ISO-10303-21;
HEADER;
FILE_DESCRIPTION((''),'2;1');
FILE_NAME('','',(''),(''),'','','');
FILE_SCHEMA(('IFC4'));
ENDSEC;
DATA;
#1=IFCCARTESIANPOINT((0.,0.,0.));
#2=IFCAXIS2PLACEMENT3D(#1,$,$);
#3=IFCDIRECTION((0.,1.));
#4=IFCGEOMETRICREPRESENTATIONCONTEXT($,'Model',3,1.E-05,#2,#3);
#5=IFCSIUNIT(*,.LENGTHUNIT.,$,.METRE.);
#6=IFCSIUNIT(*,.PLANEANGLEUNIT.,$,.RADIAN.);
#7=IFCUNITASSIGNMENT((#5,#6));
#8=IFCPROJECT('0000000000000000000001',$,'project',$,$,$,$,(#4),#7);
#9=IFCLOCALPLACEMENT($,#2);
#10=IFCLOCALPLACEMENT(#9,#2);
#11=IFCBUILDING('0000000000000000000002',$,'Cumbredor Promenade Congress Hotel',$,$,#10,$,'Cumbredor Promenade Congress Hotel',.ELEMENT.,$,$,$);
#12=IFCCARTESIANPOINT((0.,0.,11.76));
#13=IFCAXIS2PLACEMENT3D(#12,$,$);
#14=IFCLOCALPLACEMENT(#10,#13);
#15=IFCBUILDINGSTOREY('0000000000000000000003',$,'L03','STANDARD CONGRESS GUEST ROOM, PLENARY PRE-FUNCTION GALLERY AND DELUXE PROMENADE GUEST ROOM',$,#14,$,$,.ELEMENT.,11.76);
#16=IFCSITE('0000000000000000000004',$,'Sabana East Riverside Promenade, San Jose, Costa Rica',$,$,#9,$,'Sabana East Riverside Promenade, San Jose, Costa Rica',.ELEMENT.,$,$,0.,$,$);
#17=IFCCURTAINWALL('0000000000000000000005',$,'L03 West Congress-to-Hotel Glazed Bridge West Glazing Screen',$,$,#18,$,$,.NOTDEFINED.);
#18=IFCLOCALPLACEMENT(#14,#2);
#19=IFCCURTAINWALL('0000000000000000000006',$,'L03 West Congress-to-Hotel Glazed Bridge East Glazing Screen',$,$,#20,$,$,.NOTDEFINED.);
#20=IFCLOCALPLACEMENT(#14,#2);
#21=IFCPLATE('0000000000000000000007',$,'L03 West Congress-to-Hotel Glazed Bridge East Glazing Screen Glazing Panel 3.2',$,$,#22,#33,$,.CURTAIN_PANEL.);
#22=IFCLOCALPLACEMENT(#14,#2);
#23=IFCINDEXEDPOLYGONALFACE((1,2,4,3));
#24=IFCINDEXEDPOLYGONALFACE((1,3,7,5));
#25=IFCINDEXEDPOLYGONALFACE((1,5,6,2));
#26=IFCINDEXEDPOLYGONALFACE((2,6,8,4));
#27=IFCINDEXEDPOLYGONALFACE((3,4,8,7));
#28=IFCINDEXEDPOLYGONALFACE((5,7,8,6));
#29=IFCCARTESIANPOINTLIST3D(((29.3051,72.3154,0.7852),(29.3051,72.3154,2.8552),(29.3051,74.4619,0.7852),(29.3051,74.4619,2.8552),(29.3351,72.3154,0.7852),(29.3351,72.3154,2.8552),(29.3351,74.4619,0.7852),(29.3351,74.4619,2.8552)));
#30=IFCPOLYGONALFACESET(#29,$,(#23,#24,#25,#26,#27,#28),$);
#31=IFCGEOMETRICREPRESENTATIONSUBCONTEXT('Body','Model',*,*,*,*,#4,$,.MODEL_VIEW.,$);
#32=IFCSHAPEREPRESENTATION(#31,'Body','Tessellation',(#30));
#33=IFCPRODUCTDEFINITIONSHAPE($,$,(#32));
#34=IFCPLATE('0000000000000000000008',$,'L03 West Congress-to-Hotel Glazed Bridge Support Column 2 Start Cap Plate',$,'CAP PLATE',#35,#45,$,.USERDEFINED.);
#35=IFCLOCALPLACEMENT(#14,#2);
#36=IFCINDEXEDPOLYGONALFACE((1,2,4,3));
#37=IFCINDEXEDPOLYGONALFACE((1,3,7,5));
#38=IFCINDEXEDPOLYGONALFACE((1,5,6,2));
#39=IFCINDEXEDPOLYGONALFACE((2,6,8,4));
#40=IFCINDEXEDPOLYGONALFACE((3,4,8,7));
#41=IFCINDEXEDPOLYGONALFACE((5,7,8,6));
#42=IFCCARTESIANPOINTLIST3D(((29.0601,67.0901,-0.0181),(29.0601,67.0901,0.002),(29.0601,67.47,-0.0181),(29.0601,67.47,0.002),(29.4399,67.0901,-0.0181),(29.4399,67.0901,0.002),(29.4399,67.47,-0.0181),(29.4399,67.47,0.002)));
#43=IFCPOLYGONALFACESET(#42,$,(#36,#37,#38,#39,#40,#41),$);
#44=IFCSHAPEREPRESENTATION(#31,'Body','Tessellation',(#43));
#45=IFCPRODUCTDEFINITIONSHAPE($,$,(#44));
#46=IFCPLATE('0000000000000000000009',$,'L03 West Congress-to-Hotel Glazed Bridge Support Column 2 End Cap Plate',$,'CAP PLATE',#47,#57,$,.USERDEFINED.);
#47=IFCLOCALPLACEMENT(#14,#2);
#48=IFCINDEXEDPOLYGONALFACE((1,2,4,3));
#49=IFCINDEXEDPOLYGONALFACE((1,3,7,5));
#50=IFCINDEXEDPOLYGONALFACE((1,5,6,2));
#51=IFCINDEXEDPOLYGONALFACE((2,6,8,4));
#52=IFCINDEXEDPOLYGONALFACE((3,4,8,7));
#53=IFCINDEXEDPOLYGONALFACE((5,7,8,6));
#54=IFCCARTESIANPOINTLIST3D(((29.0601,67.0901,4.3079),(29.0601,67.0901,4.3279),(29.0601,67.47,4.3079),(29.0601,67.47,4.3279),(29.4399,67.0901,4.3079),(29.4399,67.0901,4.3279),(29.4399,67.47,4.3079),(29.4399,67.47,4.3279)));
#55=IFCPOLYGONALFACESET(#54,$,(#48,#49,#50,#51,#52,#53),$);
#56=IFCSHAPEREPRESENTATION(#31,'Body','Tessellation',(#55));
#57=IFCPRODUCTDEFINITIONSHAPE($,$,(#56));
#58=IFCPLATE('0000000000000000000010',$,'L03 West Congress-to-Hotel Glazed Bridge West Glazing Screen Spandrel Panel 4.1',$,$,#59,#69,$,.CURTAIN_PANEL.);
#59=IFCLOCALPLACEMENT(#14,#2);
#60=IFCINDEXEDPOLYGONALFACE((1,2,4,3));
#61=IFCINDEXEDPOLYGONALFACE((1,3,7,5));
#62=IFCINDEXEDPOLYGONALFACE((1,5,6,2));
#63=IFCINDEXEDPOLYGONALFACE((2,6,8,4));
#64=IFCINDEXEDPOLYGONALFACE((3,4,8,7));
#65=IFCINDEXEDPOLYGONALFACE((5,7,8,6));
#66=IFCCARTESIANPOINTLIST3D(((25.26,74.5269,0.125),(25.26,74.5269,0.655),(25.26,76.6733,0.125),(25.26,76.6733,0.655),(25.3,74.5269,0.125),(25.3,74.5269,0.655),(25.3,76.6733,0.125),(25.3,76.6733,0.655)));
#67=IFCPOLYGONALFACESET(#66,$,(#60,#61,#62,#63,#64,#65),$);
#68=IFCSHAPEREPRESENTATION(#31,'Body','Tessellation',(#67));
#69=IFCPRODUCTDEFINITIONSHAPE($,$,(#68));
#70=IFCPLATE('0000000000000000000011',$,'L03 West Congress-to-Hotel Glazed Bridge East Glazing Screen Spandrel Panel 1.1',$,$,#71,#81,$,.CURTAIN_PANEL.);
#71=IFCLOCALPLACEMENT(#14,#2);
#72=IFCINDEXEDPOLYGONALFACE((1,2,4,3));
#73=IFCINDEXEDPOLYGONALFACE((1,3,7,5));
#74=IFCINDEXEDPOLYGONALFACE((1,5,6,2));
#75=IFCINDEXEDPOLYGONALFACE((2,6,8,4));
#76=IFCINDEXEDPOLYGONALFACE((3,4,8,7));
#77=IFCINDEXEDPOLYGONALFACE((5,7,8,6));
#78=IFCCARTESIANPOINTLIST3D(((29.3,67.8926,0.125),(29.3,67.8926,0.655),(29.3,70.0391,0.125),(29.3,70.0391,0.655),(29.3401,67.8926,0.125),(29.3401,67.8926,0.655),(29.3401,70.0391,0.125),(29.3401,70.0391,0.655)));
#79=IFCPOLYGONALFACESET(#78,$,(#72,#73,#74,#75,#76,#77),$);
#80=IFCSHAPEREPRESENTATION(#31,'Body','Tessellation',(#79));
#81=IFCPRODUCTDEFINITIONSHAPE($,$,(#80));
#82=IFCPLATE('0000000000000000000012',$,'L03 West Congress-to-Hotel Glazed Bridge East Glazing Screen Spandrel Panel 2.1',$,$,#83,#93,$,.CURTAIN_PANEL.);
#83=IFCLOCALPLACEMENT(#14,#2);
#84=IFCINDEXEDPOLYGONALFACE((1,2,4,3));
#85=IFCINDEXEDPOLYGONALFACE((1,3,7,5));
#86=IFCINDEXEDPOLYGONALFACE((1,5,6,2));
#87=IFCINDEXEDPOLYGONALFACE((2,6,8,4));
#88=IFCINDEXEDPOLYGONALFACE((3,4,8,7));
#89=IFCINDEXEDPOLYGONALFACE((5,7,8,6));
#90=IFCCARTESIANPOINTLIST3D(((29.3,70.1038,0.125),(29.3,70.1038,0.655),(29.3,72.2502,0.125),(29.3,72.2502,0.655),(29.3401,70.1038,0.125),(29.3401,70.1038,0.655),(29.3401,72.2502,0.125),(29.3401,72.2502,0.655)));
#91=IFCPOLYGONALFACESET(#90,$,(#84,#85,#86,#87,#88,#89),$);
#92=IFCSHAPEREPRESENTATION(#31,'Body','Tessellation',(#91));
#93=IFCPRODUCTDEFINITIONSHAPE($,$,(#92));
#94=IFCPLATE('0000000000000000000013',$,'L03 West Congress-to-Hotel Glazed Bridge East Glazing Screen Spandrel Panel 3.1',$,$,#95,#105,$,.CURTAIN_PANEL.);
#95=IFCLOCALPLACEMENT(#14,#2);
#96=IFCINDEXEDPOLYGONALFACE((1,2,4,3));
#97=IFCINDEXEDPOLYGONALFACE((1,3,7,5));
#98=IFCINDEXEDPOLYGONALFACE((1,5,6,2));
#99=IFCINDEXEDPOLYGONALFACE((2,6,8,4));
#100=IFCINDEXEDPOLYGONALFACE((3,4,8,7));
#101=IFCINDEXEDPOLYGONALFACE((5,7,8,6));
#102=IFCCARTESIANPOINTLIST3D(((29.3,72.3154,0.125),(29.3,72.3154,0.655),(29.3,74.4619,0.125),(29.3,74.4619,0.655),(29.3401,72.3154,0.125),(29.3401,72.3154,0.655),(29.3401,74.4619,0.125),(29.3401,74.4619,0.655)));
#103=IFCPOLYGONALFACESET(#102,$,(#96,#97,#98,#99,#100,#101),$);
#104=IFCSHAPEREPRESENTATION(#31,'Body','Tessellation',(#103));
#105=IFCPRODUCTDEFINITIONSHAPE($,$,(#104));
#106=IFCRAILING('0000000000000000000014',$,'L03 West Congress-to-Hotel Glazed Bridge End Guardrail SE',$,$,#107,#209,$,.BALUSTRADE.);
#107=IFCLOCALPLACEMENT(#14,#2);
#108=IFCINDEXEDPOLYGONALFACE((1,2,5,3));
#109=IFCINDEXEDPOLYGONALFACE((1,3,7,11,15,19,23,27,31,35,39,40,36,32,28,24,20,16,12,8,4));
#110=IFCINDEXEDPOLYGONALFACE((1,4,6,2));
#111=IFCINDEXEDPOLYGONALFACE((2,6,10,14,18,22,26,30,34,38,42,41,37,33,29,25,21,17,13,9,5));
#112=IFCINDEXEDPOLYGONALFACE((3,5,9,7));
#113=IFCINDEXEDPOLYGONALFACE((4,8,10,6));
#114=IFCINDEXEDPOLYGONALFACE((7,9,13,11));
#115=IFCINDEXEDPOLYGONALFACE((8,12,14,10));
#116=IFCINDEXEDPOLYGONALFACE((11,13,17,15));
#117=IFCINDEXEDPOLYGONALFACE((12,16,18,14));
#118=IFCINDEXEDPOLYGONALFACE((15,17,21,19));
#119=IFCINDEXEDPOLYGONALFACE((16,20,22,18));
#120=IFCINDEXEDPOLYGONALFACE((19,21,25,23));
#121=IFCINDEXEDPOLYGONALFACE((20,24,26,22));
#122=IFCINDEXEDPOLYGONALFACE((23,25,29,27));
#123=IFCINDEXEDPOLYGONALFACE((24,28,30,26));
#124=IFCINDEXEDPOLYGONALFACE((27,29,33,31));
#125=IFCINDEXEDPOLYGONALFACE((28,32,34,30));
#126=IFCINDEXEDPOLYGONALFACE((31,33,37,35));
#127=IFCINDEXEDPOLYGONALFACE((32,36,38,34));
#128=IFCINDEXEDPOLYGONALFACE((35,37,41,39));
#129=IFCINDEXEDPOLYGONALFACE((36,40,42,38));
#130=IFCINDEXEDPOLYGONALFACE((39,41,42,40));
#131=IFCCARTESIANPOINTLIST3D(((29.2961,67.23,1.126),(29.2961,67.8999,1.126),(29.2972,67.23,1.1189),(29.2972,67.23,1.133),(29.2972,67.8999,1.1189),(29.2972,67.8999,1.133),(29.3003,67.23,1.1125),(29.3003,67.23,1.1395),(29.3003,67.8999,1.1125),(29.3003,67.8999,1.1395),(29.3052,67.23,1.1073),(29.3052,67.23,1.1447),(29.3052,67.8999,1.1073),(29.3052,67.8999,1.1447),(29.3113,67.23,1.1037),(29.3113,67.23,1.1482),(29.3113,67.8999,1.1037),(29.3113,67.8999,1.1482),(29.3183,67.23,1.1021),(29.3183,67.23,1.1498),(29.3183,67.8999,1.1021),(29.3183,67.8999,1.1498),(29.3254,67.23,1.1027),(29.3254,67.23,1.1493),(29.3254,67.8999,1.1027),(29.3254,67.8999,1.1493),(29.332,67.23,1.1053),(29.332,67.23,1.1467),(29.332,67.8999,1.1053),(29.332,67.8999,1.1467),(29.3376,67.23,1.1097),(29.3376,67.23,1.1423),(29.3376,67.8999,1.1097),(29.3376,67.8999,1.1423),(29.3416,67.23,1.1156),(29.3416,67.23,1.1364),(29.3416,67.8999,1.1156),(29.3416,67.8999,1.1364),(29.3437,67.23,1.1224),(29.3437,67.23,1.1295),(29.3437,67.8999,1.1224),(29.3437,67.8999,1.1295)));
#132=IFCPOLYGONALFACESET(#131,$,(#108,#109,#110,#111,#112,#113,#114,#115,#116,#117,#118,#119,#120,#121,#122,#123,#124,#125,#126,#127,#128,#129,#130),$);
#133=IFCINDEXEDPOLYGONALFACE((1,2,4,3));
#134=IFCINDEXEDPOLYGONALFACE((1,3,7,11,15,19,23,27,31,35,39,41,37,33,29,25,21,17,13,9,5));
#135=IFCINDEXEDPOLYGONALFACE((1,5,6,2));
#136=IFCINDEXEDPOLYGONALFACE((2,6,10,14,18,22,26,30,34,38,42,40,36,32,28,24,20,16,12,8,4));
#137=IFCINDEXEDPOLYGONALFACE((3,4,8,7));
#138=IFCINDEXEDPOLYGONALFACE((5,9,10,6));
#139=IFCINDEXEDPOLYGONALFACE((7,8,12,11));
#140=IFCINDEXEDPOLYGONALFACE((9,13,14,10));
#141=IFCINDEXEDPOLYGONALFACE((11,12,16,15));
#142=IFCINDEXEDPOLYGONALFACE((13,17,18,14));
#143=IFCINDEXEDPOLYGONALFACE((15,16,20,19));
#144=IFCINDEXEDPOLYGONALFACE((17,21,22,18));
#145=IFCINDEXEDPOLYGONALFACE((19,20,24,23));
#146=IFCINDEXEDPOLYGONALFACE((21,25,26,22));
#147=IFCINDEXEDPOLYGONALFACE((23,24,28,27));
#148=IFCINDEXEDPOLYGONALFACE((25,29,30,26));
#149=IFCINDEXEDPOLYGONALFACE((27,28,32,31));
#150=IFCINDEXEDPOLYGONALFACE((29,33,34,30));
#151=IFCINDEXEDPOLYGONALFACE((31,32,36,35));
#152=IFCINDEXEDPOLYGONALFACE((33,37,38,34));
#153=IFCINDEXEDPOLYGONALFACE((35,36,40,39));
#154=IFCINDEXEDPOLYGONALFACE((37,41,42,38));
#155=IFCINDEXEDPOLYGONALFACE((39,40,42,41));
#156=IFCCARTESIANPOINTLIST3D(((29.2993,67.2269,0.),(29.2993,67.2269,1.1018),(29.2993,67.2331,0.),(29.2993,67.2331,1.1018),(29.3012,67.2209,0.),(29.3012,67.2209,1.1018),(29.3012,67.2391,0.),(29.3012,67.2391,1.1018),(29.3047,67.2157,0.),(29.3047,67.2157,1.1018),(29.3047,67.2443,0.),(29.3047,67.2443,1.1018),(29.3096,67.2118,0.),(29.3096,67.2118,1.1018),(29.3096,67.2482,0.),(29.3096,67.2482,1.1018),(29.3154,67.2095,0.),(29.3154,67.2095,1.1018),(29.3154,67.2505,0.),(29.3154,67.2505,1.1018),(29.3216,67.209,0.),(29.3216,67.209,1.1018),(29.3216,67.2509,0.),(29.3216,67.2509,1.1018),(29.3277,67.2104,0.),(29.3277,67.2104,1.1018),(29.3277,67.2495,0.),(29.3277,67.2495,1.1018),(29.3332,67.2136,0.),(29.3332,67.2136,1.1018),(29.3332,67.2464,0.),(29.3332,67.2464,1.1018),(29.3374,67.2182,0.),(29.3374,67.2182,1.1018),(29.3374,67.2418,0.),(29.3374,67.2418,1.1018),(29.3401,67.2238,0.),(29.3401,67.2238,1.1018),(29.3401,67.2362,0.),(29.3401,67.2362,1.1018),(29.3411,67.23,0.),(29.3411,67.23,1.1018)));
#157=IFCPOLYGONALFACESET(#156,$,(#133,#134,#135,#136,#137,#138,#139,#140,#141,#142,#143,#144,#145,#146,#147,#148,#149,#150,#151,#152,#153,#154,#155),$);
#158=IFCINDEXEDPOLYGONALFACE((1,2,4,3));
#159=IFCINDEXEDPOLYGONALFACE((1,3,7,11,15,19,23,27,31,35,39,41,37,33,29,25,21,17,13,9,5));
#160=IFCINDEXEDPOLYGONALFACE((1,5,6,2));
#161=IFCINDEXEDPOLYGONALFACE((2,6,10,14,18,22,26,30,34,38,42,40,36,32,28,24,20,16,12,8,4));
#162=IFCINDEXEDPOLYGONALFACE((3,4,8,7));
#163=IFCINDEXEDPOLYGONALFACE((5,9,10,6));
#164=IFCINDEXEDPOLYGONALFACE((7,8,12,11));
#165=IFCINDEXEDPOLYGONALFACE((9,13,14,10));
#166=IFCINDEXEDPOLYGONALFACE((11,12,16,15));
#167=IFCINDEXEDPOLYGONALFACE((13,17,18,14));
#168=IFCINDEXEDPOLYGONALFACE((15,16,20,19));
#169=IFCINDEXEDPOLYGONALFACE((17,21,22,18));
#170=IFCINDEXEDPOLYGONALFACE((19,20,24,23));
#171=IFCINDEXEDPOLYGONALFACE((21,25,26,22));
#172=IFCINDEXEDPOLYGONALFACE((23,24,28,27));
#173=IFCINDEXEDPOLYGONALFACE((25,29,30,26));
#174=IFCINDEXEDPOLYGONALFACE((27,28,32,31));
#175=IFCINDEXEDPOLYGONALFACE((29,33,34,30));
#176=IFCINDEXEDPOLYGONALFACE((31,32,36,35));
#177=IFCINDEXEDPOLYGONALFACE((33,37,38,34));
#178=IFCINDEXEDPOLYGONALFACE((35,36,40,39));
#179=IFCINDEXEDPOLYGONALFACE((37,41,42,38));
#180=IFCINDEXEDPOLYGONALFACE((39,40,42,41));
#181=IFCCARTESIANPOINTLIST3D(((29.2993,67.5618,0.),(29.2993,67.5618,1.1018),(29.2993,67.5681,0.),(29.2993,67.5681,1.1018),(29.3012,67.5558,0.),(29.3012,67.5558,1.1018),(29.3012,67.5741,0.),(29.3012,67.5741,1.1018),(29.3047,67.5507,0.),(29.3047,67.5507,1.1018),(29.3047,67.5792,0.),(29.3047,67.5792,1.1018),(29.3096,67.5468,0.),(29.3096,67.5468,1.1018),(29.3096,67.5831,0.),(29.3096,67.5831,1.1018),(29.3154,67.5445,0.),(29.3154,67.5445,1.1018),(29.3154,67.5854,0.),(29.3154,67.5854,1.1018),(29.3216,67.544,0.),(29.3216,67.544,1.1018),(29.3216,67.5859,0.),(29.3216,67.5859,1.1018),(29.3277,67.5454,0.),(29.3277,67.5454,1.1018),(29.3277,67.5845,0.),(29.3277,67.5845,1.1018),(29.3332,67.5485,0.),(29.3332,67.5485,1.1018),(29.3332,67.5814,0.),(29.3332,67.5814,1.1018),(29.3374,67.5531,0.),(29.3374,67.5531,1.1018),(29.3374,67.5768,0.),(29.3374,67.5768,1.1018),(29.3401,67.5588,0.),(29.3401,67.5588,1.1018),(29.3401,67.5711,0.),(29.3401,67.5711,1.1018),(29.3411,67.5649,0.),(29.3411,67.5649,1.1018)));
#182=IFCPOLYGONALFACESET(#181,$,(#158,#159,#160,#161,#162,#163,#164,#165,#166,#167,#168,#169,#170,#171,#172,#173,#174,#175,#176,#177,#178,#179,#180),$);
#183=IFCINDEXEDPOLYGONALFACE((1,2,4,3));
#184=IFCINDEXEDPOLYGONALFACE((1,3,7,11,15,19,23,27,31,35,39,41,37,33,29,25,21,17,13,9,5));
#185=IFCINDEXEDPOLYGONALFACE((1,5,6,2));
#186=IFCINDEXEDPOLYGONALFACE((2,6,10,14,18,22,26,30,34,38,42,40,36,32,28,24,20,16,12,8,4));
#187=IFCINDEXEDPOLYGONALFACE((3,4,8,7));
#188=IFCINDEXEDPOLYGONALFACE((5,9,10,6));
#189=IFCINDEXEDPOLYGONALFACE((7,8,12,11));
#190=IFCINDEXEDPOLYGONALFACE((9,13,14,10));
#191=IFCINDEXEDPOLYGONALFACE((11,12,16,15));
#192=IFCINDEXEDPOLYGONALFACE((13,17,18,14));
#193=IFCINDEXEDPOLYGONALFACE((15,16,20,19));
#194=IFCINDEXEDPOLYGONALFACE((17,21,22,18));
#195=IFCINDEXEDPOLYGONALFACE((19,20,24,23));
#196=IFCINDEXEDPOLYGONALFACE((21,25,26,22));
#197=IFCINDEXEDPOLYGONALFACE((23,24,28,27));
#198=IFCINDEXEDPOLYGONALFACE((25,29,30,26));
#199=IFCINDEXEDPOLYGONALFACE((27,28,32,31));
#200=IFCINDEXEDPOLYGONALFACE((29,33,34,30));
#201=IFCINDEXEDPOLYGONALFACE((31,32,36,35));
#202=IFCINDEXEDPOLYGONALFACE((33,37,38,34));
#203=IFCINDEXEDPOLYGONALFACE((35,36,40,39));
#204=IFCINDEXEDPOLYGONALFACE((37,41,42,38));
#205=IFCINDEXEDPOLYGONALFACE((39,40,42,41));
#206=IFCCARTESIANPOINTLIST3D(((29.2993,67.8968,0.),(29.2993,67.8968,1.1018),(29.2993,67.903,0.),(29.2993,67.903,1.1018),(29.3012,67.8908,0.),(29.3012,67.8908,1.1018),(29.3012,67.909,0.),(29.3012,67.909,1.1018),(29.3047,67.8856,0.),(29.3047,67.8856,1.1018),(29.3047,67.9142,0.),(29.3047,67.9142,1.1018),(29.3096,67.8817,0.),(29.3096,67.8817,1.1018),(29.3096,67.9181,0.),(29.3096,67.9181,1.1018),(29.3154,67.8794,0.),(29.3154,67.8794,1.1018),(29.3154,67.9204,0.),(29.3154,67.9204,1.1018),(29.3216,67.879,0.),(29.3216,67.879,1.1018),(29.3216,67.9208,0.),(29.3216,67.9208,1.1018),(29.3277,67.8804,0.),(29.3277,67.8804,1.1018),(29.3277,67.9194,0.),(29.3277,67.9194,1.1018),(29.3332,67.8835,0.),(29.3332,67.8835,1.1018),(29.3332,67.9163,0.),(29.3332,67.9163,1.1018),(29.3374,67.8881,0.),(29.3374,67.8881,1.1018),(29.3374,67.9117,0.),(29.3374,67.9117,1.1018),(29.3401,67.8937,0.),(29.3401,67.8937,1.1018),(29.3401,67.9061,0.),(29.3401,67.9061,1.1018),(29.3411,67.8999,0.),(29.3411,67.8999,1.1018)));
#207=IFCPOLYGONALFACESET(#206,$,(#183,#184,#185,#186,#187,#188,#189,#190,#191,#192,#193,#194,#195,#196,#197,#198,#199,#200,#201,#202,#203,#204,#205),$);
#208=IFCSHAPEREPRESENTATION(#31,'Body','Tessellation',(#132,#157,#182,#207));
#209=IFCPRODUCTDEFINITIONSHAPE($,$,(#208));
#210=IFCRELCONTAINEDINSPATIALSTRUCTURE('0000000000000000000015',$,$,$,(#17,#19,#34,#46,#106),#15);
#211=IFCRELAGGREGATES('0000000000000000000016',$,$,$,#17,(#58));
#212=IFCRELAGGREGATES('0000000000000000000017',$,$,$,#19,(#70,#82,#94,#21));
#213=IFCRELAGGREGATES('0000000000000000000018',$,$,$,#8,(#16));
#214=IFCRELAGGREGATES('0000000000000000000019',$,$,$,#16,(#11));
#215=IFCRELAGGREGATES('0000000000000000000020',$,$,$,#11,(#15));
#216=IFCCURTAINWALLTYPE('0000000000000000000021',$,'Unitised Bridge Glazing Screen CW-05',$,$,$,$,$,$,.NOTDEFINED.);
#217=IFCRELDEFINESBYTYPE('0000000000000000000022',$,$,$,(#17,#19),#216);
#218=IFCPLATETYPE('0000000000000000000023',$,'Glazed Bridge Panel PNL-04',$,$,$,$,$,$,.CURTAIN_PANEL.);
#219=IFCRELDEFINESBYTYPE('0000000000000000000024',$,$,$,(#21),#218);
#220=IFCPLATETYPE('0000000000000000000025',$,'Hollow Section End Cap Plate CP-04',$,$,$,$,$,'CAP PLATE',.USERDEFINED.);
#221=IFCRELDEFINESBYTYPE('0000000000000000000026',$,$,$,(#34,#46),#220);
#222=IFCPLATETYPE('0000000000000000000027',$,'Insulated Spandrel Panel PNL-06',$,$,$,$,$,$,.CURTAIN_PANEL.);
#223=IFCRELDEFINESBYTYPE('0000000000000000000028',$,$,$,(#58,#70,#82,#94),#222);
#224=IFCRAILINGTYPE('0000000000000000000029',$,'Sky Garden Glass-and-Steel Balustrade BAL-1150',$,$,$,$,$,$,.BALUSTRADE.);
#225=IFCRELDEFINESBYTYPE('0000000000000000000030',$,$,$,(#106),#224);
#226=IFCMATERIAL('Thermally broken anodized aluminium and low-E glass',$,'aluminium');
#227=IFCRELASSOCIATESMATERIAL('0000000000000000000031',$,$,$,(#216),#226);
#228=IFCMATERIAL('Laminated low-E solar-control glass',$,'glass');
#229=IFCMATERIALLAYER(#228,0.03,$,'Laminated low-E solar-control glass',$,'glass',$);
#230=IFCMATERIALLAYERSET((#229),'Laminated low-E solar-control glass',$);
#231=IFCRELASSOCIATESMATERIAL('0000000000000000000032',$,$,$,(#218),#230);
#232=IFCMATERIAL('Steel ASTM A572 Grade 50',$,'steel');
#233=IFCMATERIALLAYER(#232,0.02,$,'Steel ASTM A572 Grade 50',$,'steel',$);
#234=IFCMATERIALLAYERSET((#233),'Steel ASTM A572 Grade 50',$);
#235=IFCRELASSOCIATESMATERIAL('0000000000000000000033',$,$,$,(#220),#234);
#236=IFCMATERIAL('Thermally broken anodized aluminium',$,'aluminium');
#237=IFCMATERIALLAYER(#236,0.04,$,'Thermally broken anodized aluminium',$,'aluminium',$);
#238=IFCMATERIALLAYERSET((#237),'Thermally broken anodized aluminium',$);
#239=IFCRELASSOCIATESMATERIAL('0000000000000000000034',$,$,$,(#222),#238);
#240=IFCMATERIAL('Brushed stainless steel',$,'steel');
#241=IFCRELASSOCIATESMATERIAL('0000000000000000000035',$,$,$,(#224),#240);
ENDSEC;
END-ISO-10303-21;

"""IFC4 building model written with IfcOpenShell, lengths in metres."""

from ifc_helpers import new_model, si_unit, direction, frame, origin, origin_2d, place, context, subcontext, project, spatial, rectangle, circle, extrude, material, layer, layer_set, type_object, element, aggregate, save


model = new_model("IFC4")

# Units and contexts
model_context = context("Model", 3, precision=1e-05, world=origin(), true_north=direction((0.0, 1.0)))
body_context = subcontext(model_context, "Body", "Model", "MODEL_VIEW")
ifc_project = project(units=[si_unit("LENGTHUNIT", "METRE"), si_unit("PLANEANGLEUNIT", "RADIAN")], contexts=[model_context])

# Site, building, storey
site_placement = place(None, origin())
site = spatial("IfcSite", under=ifc_project, at=site_placement, Name="Sabana East Riverside Promenade, San Jose, Costa Rica", LongName="Sabana East Riverside Promenade, San Jose, Costa Rica", CompositionType="ELEMENT", RefElevation=0.0)
building_placement = place(site_placement, origin())
building = spatial("IfcBuilding", under=site, at=building_placement, Name="Cumbredor Promenade Congress Hotel", LongName="Cumbredor Promenade Congress Hotel", CompositionType="ELEMENT")
storey_placement = place(building_placement, frame((0.0, 0.0, 11.76)))
storey = spatial("IfcBuildingStorey", under=building, at=storey_placement, Name="L03", Description="STANDARD CONGRESS GUEST ROOM, PLENARY PRE-FUNCTION GALLERY AND DELUXE PROMENADE GUEST ROOM", CompositionType="ELEMENT", Elevation=11.76)

# Curtain wall
ifc_material_1 = material(Name="Thermally broken anodized aluminium and low-E glass", Category="aluminium")
curtain_wall_type = type_object("IfcCurtainWallType", Name="Unitised Bridge Glazing Screen CW-05", PredefinedType="NOTDEFINED", material=ifc_material_1)
curtain_wall_1_placement = place(storey_placement, origin())
curtain_wall_1 = element("IfcCurtainWall", 1, at=curtain_wall_1_placement, inside=storey, type_object=curtain_wall_type, Name="L03 West Congress-to-Hotel Glazed Bridge West Glazing Screen", PredefinedType="NOTDEFINED")
ifc_material_2 = material(Name="Thermally broken anodized aluminium", Category="aluminium")

# Curtain wall
curtain_wall_2_placement = place(storey_placement, origin())
curtain_wall_2 = element("IfcCurtainWall", 2, at=curtain_wall_2_placement, inside=storey, type_object=curtain_wall_type, Name="L03 West Congress-to-Hotel Glazed Bridge East Glazing Screen", PredefinedType="NOTDEFINED")

# Shared definitions
ifc_material_3 = material(Name="Steel ASTM A572 Grade 50", Category="steel")

# Plate
ifc_material_4 = material(Name="Laminated low-E solar-control glass", Category="glass")
ifc_layer_1 = layer(ifc_material_4, 0.03, Name="Laminated low-E solar-control glass", Category="glass")
ifc_layer_set_1 = layer_set([ifc_layer_1], Name="Laminated low-E solar-control glass")
plate_type_1 = type_object("IfcPlateType", Name="Glazed Bridge Panel PNL-04", PredefinedType="CURTAIN_PANEL", material=ifc_layer_set_1)
plate_1_placement = place(storey_placement, frame((29.3201, 73.3887, 0.7852), z_axis=(0.0, 0.0, 1.0), x_axis=(0.0, 1.0, 0.0)))
plate_1 = element("IfcPlate", 3, at=plate_1_placement, type_object=plate_type_1, Name="L03 West Congress-to-Hotel Glazed Bridge East Glazing Screen Glazing Panel 3.2", PredefinedType="CURTAIN_PANEL", context=body_context, shape_type="SweptSolid", body=[
    extrude(rectangle(XDim=2.1465, YDim=0.03, at=origin_2d()), origin(), (0.0, 0.0, 1.0), 2.0701),
])

# Plates
ifc_layer_2 = layer(ifc_material_3, 0.02, Name="Steel ASTM A572 Grade 50", Category="steel")
ifc_layer_set_2 = layer_set([ifc_layer_2], Name="Steel ASTM A572 Grade 50")
plate_type_2 = type_object("IfcPlateType", Name="Hollow Section End Cap Plate CP-04", ElementType="CAP PLATE", PredefinedType="USERDEFINED", material=ifc_layer_set_2)
for number, where, z_axis, x_axis, name in (
    (4, (29.25, 67.28, -0.0181), (0.0, 0.0, 1.0), (1.0, 0.0, 0.0), "L03 West Congress-to-Hotel Glazed Bridge Support Column 2 Start Cap Plate"),
    (5, (29.25, 67.28, 4.3079), (0.0, 0.0, 1.0), (1.0, 0.0, 0.0), "L03 West Congress-to-Hotel Glazed Bridge Support Column 2 End Cap Plate"),
):
    element("IfcPlate", number, at=place(storey_placement, frame(where, z_axis=z_axis, x_axis=x_axis)), inside=storey, type_object=plate_type_2, Name=name, ObjectType="CAP PLATE", PredefinedType="USERDEFINED", context=body_context, shape_type="SweptSolid", body=[
        extrude(rectangle(XDim=0.3799, YDim=0.3799, at=origin_2d()), origin(), (0.0, 0.0, 1.0), 0.02),
    ])

# Plates
ifc_layer_3 = layer(ifc_material_2, 0.04, Name="Thermally broken anodized aluminium", Category="aluminium")
ifc_layer_set_3 = layer_set([ifc_layer_3], Name="Thermally broken anodized aluminium")
plate_type_3 = type_object("IfcPlateType", Name="Insulated Spandrel Panel PNL-06", PredefinedType="CURTAIN_PANEL", material=ifc_layer_set_3)
plate_2_placement = place(storey_placement, frame((25.28, 75.6001, 0.125), z_axis=(0.0, 0.0, 1.0), x_axis=(0.0, 1.0, 0.0)))
plate_2 = element("IfcPlate", 6, at=plate_2_placement, type_object=plate_type_3, Name="L03 West Congress-to-Hotel Glazed Bridge West Glazing Screen Spandrel Panel 4.1", PredefinedType="CURTAIN_PANEL", context=body_context, shape_type="SweptSolid", body=[
    extrude(rectangle(XDim=2.1465, YDim=0.04, at=origin_2d()), origin(), (0.0, 0.0, 1.0), 0.53),
])
aggregate(curtain_wall_1, [plate_2])
plate_3_placement = place(storey_placement, frame((29.3201, 68.9658, 0.125), z_axis=(0.0, 0.0, 1.0), x_axis=(0.0, 1.0, 0.0)))
plate_3 = element("IfcPlate", 7, at=plate_3_placement, type_object=plate_type_3, Name="L03 West Congress-to-Hotel Glazed Bridge East Glazing Screen Spandrel Panel 1.1", PredefinedType="CURTAIN_PANEL", context=body_context, shape_type="SweptSolid", body=[
    extrude(rectangle(XDim=2.1465, YDim=0.04, at=origin_2d()), origin(), (0.0, 0.0, 1.0), 0.53),
])
plate_4_placement = place(storey_placement, frame((29.3201, 71.177, 0.125), z_axis=(0.0, 0.0, 1.0), x_axis=(0.0, 1.0, 0.0)))
plate_4 = element("IfcPlate", 8, at=plate_4_placement, type_object=plate_type_3, Name="L03 West Congress-to-Hotel Glazed Bridge East Glazing Screen Spandrel Panel 2.1", PredefinedType="CURTAIN_PANEL", context=body_context, shape_type="SweptSolid", body=[
    extrude(rectangle(XDim=2.1465, YDim=0.04, at=origin_2d()), origin(), (0.0, 0.0, 1.0), 0.53),
])
plate_5_placement = place(storey_placement, frame((29.3201, 73.3887, 0.125), z_axis=(0.0, 0.0, 1.0), x_axis=(0.0, 1.0, 0.0)))
plate_5 = element("IfcPlate", 9, at=plate_5_placement, type_object=plate_type_3, Name="L03 West Congress-to-Hotel Glazed Bridge East Glazing Screen Spandrel Panel 3.1", PredefinedType="CURTAIN_PANEL", context=body_context, shape_type="SweptSolid", body=[
    extrude(rectangle(XDim=2.1465, YDim=0.04, at=origin_2d()), origin(), (0.0, 0.0, 1.0), 0.53),
])
aggregate(curtain_wall_2, [plate_3, plate_4, plate_5, plate_1])

# Railing
ifc_material_5 = material(Name="Brushed stainless steel", Category="steel")
railing_type = type_object("IfcRailingType", Name="Sky Garden Glass-and-Steel Balustrade BAL-1150", PredefinedType="BALUSTRADE", material=ifc_material_5)
railing_placement = place(storey_placement, frame((29.3201, 67.23, 0.0)))
element("IfcRailing", 10, at=railing_placement, inside=storey, type_object=railing_type, Name="L03 West Congress-to-Hotel Glazed Bridge End Guardrail SE", PredefinedType="BALUSTRADE", context=body_context, shape_type="SweptSolid", body=[
    extrude(circle(Radius=0.0239, at=origin_2d()), frame((0.0, 0.0, 1.126), z_axis=(0.0, 1.0, 0.0), x_axis=(-1.0, 0.0, 0.0)), (0.0, 0.0, 1.0), 0.6699),
    extrude(circle(Radius=0.021, at=origin_2d()), origin(), (0.0, 0.0, 1.0), 1.1018),
    extrude(circle(Radius=0.021, at=origin_2d()), frame((0.0, 0.335, 0.0)), (0.0, 0.0, 1.0), 1.1018),
    extrude(circle(Radius=0.021, at=origin_2d()), frame((0.0, 0.6699, 0.0)), (0.0, 0.0, 1.0), 1.1018),
])

save(model, "model.ifc")
